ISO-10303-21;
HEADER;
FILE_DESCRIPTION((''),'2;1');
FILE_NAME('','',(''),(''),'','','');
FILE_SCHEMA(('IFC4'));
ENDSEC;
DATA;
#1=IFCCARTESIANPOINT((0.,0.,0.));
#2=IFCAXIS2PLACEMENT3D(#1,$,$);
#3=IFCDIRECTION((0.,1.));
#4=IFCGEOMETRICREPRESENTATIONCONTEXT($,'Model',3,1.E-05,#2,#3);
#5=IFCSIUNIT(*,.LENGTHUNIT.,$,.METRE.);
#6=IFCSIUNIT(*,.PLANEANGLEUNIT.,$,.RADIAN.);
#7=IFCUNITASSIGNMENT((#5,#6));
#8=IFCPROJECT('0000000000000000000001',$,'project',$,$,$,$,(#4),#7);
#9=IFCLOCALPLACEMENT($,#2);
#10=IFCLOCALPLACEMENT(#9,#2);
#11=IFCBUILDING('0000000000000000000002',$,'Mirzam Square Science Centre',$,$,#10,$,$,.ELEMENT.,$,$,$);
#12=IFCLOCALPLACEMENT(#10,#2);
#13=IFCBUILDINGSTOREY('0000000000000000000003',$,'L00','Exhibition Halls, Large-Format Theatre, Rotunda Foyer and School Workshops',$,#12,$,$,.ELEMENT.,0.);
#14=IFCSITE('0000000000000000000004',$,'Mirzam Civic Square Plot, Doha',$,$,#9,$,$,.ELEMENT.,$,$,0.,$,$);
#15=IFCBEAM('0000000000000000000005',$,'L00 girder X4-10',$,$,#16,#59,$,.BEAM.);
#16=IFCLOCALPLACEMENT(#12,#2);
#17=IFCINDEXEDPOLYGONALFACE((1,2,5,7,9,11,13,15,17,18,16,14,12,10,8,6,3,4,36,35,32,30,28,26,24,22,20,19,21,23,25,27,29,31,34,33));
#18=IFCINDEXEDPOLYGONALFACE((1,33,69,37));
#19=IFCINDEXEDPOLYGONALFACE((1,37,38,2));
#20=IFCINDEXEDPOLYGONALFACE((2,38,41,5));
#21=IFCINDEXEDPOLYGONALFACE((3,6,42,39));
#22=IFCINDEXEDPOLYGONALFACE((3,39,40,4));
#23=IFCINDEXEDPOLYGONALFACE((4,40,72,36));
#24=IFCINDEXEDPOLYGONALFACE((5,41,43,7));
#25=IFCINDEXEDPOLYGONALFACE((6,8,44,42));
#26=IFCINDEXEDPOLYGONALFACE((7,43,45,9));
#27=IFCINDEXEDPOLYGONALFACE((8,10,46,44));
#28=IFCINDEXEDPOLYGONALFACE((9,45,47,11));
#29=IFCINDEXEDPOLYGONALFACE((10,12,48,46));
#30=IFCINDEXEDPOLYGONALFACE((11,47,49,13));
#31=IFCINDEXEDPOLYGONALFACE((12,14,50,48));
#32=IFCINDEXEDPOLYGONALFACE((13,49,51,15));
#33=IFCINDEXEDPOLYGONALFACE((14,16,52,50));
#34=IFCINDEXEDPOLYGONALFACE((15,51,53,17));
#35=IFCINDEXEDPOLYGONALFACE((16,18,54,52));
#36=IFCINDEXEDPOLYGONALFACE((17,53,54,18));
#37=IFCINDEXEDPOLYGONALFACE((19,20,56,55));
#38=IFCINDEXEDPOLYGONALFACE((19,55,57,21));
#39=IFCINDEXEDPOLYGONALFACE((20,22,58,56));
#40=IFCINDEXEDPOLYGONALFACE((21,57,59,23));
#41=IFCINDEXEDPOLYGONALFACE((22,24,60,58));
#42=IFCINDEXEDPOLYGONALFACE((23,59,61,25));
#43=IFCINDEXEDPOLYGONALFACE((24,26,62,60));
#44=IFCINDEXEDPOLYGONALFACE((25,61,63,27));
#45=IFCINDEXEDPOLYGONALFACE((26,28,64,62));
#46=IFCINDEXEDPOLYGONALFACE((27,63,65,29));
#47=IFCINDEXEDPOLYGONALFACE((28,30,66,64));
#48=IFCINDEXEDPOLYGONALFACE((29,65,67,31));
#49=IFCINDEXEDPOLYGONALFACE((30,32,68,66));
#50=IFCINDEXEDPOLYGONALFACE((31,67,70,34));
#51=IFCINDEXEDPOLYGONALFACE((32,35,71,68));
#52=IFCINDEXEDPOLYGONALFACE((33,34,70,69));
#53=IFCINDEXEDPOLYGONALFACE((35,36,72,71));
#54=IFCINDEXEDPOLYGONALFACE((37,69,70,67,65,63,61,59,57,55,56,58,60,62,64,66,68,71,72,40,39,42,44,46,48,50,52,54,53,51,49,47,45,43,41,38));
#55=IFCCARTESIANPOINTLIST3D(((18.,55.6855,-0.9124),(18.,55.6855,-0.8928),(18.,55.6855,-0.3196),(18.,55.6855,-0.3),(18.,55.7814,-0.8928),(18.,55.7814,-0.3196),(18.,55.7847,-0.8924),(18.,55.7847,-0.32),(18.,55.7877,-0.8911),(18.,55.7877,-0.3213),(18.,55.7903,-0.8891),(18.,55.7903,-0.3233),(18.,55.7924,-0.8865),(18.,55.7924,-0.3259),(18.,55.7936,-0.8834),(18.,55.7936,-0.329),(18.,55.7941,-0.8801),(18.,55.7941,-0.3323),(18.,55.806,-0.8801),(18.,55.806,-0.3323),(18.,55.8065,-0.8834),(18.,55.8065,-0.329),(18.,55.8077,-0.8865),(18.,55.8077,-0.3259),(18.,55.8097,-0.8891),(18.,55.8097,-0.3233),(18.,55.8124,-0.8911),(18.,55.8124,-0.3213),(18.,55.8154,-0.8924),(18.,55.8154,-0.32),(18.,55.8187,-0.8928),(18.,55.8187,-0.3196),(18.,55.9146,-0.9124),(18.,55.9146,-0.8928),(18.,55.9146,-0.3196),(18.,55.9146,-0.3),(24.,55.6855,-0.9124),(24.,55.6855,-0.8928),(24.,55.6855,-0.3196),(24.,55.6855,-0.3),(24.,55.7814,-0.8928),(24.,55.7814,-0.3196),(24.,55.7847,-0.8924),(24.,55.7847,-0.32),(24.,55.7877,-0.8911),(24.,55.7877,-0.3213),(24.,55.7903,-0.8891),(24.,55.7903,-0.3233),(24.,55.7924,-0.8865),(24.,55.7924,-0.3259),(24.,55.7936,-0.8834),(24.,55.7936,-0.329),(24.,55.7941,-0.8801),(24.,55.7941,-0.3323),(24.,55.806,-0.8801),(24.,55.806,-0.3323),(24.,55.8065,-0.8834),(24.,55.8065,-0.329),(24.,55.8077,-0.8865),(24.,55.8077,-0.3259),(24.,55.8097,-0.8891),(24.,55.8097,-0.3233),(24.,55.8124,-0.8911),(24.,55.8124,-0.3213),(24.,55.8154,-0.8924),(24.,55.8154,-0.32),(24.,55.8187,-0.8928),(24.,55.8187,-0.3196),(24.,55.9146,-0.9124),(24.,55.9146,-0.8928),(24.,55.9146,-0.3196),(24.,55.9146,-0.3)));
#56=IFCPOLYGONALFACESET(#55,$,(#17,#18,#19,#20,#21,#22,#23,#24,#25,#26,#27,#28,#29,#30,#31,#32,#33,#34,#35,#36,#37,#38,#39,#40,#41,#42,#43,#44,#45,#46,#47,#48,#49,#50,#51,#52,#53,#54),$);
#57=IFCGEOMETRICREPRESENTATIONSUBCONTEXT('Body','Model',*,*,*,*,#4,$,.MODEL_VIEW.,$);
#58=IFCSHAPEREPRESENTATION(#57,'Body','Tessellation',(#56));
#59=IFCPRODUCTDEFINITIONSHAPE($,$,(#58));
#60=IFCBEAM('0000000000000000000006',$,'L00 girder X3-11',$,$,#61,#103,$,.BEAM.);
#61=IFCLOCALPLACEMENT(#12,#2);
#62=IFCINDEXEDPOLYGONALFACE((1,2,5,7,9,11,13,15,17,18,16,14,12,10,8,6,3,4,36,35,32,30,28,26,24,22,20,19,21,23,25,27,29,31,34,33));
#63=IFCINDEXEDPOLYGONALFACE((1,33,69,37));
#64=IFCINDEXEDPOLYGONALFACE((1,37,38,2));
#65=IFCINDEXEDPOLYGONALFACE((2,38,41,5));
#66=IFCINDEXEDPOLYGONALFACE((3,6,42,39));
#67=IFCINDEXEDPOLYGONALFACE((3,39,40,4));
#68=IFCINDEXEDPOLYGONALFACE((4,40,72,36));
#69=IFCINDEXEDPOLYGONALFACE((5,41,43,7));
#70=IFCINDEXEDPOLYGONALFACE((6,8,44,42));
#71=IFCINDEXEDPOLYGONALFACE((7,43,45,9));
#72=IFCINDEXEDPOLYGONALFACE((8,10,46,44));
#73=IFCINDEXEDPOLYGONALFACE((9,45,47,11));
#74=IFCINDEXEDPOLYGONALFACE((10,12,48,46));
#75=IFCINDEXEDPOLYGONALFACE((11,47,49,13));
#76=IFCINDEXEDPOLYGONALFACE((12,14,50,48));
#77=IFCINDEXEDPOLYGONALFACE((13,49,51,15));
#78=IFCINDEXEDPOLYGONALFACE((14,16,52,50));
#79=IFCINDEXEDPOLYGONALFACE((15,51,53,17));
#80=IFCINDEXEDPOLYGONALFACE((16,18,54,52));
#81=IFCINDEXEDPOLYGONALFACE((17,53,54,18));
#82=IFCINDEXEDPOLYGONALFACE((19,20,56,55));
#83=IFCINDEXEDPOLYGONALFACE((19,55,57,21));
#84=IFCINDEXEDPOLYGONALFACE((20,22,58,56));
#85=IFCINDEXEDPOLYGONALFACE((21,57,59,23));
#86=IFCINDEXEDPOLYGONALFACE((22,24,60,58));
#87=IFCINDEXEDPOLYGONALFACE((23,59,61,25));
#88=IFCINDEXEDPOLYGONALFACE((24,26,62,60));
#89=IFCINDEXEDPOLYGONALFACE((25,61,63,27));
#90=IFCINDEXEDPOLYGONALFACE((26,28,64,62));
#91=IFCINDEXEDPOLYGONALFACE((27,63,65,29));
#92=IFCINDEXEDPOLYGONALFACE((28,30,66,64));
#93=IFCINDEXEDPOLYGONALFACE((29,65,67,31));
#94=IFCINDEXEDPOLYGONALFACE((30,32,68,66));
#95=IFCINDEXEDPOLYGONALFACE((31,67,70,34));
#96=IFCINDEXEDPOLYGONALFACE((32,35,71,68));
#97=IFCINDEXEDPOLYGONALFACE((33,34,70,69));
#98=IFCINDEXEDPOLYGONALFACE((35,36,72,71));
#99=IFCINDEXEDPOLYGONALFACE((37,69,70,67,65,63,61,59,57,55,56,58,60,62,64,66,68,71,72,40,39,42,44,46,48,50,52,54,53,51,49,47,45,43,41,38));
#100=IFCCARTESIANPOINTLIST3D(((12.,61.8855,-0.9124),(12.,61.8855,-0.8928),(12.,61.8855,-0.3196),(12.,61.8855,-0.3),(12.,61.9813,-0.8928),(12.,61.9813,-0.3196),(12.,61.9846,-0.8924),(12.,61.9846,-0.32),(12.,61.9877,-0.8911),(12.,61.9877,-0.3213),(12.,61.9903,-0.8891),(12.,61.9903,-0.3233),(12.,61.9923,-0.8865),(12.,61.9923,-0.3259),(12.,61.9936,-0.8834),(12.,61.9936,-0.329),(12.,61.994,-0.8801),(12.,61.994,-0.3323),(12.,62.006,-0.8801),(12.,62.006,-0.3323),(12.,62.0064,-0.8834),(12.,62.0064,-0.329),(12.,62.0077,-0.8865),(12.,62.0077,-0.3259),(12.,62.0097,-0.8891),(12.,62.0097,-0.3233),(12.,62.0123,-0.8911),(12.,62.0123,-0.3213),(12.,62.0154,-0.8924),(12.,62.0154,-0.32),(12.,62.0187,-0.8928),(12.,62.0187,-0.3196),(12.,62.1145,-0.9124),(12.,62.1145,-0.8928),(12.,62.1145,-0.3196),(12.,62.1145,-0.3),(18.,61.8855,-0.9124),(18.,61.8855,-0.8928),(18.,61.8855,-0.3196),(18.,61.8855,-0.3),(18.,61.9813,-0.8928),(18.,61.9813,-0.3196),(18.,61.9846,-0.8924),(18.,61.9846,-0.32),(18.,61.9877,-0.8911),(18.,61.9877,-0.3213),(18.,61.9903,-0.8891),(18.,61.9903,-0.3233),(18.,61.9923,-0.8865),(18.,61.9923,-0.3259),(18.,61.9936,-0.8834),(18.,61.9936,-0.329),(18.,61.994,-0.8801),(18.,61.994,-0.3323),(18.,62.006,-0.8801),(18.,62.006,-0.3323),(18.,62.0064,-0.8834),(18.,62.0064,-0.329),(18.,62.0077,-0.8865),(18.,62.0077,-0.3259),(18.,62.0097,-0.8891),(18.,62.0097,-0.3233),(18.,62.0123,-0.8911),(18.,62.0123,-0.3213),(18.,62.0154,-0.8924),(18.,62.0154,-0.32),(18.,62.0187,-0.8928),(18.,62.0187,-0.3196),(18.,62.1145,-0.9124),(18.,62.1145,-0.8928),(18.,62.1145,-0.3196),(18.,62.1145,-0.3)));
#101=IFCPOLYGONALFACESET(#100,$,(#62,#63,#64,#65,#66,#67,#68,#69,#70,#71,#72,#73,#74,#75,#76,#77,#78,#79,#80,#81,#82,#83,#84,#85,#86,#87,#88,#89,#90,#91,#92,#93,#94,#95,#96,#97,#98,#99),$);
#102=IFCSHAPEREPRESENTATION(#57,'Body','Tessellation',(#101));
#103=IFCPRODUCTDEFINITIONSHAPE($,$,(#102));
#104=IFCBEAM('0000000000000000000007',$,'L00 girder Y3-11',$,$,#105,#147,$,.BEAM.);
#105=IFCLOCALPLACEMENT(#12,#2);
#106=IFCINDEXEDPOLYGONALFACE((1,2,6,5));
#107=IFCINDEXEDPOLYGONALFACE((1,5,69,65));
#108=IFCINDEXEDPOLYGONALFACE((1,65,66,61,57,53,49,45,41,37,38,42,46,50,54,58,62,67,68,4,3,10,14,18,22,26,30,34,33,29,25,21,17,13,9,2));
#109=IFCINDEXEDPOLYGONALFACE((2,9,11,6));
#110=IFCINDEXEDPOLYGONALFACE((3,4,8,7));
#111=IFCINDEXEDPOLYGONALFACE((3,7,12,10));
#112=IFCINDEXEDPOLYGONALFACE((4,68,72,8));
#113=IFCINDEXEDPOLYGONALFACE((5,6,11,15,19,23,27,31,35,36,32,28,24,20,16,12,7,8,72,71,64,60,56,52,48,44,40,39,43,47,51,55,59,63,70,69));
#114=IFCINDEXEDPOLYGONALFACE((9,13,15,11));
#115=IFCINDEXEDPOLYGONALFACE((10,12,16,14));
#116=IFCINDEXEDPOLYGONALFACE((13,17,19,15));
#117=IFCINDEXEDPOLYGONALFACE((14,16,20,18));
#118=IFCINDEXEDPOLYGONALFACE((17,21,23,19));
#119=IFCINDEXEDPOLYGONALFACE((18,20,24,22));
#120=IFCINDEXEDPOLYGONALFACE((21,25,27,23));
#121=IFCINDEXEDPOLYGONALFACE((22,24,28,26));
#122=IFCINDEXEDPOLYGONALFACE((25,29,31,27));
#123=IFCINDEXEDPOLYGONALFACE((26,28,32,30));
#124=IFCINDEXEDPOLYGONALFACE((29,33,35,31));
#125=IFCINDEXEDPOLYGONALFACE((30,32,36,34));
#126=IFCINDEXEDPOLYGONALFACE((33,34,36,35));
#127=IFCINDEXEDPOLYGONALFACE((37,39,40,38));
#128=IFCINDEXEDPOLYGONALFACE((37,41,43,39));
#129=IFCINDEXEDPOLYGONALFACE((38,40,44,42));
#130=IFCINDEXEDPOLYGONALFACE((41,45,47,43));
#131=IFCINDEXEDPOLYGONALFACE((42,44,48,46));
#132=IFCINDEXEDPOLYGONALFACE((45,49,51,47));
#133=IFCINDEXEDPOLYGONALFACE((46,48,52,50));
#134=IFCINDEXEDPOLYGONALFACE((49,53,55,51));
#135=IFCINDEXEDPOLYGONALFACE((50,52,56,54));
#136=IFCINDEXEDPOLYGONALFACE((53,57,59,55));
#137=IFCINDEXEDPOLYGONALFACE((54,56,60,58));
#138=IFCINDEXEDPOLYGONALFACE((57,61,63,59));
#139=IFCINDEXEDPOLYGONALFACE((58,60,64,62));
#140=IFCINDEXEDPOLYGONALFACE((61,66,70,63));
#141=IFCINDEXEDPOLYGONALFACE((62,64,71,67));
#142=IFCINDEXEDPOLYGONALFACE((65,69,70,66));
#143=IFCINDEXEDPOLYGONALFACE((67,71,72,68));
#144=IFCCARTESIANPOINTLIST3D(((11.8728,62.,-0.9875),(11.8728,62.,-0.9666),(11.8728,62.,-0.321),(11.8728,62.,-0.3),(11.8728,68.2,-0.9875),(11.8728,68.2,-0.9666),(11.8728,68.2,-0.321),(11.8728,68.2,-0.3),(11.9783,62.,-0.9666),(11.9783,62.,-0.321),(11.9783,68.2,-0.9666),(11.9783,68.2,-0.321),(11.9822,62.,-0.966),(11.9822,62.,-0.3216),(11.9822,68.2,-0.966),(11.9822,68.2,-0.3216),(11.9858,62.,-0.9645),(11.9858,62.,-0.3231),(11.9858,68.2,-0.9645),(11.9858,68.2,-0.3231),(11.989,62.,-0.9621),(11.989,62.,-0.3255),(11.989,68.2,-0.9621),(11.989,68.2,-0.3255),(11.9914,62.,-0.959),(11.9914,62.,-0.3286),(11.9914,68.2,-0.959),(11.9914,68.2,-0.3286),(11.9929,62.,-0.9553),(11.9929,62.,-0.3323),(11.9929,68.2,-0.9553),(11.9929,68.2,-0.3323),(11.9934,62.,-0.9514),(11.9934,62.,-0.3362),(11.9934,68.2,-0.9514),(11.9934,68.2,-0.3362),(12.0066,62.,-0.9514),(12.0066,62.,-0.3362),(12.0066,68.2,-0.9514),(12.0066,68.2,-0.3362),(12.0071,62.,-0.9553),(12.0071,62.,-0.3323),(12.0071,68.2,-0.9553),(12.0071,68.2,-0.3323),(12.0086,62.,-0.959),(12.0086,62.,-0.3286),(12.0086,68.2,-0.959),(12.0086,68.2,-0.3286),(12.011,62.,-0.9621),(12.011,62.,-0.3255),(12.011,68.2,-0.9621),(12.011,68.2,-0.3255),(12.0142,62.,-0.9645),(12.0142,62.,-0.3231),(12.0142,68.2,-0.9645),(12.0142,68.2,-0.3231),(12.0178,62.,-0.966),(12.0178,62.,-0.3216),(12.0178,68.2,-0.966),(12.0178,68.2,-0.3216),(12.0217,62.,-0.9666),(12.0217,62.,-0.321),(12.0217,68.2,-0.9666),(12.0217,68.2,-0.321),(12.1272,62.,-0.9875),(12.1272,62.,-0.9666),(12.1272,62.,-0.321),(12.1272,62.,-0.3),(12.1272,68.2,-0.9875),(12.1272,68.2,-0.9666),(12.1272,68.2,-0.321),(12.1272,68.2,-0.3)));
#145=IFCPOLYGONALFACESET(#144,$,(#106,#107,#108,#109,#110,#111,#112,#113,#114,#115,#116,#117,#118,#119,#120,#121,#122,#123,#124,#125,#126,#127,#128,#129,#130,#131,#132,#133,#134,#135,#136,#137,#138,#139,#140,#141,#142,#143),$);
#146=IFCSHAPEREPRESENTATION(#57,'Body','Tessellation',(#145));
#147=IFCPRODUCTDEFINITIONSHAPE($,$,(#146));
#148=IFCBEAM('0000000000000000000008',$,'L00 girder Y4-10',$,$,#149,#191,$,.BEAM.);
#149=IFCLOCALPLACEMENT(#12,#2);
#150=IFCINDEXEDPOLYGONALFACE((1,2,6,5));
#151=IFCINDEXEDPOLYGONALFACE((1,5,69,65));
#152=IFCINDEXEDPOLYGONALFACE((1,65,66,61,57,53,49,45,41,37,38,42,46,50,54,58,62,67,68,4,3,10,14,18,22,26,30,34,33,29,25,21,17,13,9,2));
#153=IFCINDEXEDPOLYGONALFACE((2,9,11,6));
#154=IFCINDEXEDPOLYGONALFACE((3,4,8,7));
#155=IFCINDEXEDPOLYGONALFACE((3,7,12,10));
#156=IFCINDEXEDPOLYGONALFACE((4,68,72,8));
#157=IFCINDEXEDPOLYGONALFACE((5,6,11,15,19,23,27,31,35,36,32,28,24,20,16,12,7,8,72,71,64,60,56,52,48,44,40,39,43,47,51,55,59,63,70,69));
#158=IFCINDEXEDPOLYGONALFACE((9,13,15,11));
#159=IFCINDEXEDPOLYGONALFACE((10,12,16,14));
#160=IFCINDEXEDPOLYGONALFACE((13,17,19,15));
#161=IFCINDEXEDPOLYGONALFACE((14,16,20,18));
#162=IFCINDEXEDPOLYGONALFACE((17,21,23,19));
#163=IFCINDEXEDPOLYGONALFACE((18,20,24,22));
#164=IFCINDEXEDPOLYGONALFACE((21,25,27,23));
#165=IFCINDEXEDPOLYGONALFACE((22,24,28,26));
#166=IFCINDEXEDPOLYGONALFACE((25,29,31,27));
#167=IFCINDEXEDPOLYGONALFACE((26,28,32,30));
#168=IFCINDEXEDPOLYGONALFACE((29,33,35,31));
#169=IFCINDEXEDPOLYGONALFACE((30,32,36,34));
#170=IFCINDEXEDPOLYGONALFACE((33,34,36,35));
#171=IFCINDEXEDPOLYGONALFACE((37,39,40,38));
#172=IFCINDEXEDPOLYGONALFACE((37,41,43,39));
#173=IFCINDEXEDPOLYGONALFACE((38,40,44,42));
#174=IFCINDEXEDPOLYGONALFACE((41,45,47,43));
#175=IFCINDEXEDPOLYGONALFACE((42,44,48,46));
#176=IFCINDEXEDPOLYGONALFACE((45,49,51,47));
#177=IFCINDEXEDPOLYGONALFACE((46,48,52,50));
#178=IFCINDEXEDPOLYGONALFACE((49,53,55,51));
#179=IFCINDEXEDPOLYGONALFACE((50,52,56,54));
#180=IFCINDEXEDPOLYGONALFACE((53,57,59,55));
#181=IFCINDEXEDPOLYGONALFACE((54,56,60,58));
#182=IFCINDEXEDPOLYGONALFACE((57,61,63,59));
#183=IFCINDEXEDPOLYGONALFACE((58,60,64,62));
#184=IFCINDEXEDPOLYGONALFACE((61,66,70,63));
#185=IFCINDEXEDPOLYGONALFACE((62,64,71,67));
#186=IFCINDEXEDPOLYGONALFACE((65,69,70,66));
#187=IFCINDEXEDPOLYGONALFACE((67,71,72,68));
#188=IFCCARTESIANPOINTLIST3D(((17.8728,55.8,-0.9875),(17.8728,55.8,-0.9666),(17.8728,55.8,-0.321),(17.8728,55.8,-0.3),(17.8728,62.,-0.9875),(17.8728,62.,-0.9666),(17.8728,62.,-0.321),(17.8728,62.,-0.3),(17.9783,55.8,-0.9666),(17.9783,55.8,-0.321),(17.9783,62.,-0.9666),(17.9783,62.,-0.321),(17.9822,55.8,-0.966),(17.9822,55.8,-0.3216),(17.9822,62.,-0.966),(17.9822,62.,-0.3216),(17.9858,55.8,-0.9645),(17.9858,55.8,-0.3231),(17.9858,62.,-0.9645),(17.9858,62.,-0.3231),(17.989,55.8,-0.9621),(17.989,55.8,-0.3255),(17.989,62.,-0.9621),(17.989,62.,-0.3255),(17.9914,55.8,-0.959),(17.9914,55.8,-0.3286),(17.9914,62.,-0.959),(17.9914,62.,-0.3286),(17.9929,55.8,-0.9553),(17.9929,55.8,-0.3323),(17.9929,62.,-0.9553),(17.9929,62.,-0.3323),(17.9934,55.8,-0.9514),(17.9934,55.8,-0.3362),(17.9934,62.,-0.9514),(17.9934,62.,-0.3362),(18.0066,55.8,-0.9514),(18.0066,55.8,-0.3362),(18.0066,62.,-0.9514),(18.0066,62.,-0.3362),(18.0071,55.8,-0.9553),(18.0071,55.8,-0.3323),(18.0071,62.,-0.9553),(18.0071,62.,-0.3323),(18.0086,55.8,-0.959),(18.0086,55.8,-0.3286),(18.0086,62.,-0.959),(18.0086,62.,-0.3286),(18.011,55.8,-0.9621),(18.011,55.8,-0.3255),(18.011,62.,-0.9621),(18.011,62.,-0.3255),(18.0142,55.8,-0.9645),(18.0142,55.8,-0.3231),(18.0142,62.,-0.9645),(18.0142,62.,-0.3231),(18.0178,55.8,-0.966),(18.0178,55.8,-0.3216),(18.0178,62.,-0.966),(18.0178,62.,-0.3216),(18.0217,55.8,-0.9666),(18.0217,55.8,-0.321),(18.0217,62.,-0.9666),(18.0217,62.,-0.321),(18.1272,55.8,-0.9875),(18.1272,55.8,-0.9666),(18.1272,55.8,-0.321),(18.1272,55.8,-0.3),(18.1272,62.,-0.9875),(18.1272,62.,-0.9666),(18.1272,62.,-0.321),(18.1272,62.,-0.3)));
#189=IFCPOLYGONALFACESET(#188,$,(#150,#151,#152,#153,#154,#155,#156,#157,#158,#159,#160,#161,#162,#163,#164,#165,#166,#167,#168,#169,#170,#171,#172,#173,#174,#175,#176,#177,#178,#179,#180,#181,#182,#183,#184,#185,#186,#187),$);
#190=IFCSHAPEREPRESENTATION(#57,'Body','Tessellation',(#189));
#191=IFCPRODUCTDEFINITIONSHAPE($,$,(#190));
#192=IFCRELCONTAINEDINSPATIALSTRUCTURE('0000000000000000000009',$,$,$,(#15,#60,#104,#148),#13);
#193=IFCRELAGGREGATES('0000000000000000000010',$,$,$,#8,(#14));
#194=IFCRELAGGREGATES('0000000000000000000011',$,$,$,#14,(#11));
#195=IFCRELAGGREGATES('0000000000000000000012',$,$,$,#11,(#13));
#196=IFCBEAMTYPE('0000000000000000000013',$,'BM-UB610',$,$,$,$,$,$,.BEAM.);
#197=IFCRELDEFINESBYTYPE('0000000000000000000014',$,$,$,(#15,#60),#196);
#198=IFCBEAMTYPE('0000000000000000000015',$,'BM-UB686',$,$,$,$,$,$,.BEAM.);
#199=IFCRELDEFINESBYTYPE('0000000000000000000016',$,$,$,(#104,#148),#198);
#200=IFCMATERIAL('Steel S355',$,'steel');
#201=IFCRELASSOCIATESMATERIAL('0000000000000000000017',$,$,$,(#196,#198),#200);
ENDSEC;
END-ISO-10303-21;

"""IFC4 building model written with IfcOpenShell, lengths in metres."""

from ifc_helpers import new_model, si_unit, direction, frame, origin, origin_2d, place, context, subcontext, project, spatial, i_section, extrude, material, material_profile, profile_set, type_object, element, save


model = new_model("IFC4")

# Units and contexts
model_context = context("Model", 3, precision=1e-05, world=origin(), true_north=direction((0.0, 1.0)))
body_context = subcontext(model_context, "Body", "Model", "MODEL_VIEW")
ifc_project = project(units=[si_unit("LENGTHUNIT", "METRE"), si_unit("PLANEANGLEUNIT", "RADIAN")], contexts=[model_context])

# Site, building, storey
site_placement = place(None, origin())
site = spatial("IfcSite", under=ifc_project, at=site_placement, Name="Mirzam Civic Square Plot, Doha", CompositionType="ELEMENT", RefElevation=0.0)
building_placement = place(site_placement, origin())
building = spatial("IfcBuilding", under=site, at=building_placement, Name="Mirzam Square Science Centre", CompositionType="ELEMENT")
storey_placement = place(building_placement, origin())
storey = spatial("IfcBuildingStorey", under=building, at=storey_placement, Name="L00", Description="Exhibition Halls, Large-Format Theatre, Rotunda Foyer and School Workshops", CompositionType="ELEMENT", Elevation=0.0)

# Shared definitions
ifc_material_1 = material(Name="Steel S355", Category="steel")

# Beams
ifc_material_profile_1 = material_profile(ifc_material_1, i_section(OverallWidth=0.229, OverallDepth=0.6123, WebThickness=0.012, FlangeThickness=0.0195, FilletRadius=0.0127, at=origin_2d()), Name="610x229x125UB")
ifc_profile_set_1 = profile_set([ifc_material_profile_1], Name="Steel S355")
beam_type_1 = type_object("IfcBeamType", Name="BM-UB610", PredefinedType="BEAM", material=ifc_profile_set_1)
for number, where, z_axis, x_axis, name in (
    (1, (18.0, 55.8, -0.6062), (1.0, 0.0, 0.0), (0.0, 1.0, 0.0), "L00 girder X4-10"),
    (2, (12.0, 62.0, -0.6062), (1.0, 0.0, 0.0), (0.0, 1.0, 0.0), "L00 girder X3-11"),
):
    element("IfcBeam", number, at=place(storey_placement, frame(where, z_axis=z_axis, x_axis=x_axis)), inside=storey, type_object=beam_type_1, Name=name, PredefinedType="BEAM", context=body_context, shape_type="SweptSolid", body=[
        extrude(i_section(OverallWidth=0.229, OverallDepth=0.6123, WebThickness=0.012, FlangeThickness=0.0195, FilletRadius=0.0127, at=origin_2d()), origin(), (0.0, 0.0, 1.0), 6.0),
    ])
ifc_material_profile_2 = material_profile(ifc_material_1, i_section(OverallWidth=0.2544, OverallDepth=0.6875, WebThickness=0.0132, FlangeThickness=0.021, FilletRadius=0.0151, at=origin_2d()), Name="686x254x152UB")
ifc_profile_set_2 = profile_set([ifc_material_profile_2], Name="Steel S355")
beam_type_2 = type_object("IfcBeamType", Name="BM-UB686", PredefinedType="BEAM", material=ifc_profile_set_2)
for number, where, z_axis, x_axis, name in (
    (3, (12.0, 62.0, -0.6438), (0.0, 1.0, 0.0), (-1.0, 0.0, 0.0), "L00 girder Y3-11"),
    (4, (18.0, 55.8, -0.6438), (0.0, 1.0, 0.0), (-1.0, 0.0, 0.0), "L00 girder Y4-10"),
):
    element("IfcBeam", number, at=place(storey_placement, frame(where, z_axis=z_axis, x_axis=x_axis)), inside=storey, type_object=beam_type_2, Name=name, PredefinedType="BEAM", context=body_context, shape_type="SweptSolid", body=[
        extrude(i_section(OverallWidth=0.2544, OverallDepth=0.6875, WebThickness=0.0132, FlangeThickness=0.021, FilletRadius=0.0151, at=origin_2d()), origin(), (0.0, 0.0, 1.0), 6.2),
    ])

save(model, "model.ifc")
